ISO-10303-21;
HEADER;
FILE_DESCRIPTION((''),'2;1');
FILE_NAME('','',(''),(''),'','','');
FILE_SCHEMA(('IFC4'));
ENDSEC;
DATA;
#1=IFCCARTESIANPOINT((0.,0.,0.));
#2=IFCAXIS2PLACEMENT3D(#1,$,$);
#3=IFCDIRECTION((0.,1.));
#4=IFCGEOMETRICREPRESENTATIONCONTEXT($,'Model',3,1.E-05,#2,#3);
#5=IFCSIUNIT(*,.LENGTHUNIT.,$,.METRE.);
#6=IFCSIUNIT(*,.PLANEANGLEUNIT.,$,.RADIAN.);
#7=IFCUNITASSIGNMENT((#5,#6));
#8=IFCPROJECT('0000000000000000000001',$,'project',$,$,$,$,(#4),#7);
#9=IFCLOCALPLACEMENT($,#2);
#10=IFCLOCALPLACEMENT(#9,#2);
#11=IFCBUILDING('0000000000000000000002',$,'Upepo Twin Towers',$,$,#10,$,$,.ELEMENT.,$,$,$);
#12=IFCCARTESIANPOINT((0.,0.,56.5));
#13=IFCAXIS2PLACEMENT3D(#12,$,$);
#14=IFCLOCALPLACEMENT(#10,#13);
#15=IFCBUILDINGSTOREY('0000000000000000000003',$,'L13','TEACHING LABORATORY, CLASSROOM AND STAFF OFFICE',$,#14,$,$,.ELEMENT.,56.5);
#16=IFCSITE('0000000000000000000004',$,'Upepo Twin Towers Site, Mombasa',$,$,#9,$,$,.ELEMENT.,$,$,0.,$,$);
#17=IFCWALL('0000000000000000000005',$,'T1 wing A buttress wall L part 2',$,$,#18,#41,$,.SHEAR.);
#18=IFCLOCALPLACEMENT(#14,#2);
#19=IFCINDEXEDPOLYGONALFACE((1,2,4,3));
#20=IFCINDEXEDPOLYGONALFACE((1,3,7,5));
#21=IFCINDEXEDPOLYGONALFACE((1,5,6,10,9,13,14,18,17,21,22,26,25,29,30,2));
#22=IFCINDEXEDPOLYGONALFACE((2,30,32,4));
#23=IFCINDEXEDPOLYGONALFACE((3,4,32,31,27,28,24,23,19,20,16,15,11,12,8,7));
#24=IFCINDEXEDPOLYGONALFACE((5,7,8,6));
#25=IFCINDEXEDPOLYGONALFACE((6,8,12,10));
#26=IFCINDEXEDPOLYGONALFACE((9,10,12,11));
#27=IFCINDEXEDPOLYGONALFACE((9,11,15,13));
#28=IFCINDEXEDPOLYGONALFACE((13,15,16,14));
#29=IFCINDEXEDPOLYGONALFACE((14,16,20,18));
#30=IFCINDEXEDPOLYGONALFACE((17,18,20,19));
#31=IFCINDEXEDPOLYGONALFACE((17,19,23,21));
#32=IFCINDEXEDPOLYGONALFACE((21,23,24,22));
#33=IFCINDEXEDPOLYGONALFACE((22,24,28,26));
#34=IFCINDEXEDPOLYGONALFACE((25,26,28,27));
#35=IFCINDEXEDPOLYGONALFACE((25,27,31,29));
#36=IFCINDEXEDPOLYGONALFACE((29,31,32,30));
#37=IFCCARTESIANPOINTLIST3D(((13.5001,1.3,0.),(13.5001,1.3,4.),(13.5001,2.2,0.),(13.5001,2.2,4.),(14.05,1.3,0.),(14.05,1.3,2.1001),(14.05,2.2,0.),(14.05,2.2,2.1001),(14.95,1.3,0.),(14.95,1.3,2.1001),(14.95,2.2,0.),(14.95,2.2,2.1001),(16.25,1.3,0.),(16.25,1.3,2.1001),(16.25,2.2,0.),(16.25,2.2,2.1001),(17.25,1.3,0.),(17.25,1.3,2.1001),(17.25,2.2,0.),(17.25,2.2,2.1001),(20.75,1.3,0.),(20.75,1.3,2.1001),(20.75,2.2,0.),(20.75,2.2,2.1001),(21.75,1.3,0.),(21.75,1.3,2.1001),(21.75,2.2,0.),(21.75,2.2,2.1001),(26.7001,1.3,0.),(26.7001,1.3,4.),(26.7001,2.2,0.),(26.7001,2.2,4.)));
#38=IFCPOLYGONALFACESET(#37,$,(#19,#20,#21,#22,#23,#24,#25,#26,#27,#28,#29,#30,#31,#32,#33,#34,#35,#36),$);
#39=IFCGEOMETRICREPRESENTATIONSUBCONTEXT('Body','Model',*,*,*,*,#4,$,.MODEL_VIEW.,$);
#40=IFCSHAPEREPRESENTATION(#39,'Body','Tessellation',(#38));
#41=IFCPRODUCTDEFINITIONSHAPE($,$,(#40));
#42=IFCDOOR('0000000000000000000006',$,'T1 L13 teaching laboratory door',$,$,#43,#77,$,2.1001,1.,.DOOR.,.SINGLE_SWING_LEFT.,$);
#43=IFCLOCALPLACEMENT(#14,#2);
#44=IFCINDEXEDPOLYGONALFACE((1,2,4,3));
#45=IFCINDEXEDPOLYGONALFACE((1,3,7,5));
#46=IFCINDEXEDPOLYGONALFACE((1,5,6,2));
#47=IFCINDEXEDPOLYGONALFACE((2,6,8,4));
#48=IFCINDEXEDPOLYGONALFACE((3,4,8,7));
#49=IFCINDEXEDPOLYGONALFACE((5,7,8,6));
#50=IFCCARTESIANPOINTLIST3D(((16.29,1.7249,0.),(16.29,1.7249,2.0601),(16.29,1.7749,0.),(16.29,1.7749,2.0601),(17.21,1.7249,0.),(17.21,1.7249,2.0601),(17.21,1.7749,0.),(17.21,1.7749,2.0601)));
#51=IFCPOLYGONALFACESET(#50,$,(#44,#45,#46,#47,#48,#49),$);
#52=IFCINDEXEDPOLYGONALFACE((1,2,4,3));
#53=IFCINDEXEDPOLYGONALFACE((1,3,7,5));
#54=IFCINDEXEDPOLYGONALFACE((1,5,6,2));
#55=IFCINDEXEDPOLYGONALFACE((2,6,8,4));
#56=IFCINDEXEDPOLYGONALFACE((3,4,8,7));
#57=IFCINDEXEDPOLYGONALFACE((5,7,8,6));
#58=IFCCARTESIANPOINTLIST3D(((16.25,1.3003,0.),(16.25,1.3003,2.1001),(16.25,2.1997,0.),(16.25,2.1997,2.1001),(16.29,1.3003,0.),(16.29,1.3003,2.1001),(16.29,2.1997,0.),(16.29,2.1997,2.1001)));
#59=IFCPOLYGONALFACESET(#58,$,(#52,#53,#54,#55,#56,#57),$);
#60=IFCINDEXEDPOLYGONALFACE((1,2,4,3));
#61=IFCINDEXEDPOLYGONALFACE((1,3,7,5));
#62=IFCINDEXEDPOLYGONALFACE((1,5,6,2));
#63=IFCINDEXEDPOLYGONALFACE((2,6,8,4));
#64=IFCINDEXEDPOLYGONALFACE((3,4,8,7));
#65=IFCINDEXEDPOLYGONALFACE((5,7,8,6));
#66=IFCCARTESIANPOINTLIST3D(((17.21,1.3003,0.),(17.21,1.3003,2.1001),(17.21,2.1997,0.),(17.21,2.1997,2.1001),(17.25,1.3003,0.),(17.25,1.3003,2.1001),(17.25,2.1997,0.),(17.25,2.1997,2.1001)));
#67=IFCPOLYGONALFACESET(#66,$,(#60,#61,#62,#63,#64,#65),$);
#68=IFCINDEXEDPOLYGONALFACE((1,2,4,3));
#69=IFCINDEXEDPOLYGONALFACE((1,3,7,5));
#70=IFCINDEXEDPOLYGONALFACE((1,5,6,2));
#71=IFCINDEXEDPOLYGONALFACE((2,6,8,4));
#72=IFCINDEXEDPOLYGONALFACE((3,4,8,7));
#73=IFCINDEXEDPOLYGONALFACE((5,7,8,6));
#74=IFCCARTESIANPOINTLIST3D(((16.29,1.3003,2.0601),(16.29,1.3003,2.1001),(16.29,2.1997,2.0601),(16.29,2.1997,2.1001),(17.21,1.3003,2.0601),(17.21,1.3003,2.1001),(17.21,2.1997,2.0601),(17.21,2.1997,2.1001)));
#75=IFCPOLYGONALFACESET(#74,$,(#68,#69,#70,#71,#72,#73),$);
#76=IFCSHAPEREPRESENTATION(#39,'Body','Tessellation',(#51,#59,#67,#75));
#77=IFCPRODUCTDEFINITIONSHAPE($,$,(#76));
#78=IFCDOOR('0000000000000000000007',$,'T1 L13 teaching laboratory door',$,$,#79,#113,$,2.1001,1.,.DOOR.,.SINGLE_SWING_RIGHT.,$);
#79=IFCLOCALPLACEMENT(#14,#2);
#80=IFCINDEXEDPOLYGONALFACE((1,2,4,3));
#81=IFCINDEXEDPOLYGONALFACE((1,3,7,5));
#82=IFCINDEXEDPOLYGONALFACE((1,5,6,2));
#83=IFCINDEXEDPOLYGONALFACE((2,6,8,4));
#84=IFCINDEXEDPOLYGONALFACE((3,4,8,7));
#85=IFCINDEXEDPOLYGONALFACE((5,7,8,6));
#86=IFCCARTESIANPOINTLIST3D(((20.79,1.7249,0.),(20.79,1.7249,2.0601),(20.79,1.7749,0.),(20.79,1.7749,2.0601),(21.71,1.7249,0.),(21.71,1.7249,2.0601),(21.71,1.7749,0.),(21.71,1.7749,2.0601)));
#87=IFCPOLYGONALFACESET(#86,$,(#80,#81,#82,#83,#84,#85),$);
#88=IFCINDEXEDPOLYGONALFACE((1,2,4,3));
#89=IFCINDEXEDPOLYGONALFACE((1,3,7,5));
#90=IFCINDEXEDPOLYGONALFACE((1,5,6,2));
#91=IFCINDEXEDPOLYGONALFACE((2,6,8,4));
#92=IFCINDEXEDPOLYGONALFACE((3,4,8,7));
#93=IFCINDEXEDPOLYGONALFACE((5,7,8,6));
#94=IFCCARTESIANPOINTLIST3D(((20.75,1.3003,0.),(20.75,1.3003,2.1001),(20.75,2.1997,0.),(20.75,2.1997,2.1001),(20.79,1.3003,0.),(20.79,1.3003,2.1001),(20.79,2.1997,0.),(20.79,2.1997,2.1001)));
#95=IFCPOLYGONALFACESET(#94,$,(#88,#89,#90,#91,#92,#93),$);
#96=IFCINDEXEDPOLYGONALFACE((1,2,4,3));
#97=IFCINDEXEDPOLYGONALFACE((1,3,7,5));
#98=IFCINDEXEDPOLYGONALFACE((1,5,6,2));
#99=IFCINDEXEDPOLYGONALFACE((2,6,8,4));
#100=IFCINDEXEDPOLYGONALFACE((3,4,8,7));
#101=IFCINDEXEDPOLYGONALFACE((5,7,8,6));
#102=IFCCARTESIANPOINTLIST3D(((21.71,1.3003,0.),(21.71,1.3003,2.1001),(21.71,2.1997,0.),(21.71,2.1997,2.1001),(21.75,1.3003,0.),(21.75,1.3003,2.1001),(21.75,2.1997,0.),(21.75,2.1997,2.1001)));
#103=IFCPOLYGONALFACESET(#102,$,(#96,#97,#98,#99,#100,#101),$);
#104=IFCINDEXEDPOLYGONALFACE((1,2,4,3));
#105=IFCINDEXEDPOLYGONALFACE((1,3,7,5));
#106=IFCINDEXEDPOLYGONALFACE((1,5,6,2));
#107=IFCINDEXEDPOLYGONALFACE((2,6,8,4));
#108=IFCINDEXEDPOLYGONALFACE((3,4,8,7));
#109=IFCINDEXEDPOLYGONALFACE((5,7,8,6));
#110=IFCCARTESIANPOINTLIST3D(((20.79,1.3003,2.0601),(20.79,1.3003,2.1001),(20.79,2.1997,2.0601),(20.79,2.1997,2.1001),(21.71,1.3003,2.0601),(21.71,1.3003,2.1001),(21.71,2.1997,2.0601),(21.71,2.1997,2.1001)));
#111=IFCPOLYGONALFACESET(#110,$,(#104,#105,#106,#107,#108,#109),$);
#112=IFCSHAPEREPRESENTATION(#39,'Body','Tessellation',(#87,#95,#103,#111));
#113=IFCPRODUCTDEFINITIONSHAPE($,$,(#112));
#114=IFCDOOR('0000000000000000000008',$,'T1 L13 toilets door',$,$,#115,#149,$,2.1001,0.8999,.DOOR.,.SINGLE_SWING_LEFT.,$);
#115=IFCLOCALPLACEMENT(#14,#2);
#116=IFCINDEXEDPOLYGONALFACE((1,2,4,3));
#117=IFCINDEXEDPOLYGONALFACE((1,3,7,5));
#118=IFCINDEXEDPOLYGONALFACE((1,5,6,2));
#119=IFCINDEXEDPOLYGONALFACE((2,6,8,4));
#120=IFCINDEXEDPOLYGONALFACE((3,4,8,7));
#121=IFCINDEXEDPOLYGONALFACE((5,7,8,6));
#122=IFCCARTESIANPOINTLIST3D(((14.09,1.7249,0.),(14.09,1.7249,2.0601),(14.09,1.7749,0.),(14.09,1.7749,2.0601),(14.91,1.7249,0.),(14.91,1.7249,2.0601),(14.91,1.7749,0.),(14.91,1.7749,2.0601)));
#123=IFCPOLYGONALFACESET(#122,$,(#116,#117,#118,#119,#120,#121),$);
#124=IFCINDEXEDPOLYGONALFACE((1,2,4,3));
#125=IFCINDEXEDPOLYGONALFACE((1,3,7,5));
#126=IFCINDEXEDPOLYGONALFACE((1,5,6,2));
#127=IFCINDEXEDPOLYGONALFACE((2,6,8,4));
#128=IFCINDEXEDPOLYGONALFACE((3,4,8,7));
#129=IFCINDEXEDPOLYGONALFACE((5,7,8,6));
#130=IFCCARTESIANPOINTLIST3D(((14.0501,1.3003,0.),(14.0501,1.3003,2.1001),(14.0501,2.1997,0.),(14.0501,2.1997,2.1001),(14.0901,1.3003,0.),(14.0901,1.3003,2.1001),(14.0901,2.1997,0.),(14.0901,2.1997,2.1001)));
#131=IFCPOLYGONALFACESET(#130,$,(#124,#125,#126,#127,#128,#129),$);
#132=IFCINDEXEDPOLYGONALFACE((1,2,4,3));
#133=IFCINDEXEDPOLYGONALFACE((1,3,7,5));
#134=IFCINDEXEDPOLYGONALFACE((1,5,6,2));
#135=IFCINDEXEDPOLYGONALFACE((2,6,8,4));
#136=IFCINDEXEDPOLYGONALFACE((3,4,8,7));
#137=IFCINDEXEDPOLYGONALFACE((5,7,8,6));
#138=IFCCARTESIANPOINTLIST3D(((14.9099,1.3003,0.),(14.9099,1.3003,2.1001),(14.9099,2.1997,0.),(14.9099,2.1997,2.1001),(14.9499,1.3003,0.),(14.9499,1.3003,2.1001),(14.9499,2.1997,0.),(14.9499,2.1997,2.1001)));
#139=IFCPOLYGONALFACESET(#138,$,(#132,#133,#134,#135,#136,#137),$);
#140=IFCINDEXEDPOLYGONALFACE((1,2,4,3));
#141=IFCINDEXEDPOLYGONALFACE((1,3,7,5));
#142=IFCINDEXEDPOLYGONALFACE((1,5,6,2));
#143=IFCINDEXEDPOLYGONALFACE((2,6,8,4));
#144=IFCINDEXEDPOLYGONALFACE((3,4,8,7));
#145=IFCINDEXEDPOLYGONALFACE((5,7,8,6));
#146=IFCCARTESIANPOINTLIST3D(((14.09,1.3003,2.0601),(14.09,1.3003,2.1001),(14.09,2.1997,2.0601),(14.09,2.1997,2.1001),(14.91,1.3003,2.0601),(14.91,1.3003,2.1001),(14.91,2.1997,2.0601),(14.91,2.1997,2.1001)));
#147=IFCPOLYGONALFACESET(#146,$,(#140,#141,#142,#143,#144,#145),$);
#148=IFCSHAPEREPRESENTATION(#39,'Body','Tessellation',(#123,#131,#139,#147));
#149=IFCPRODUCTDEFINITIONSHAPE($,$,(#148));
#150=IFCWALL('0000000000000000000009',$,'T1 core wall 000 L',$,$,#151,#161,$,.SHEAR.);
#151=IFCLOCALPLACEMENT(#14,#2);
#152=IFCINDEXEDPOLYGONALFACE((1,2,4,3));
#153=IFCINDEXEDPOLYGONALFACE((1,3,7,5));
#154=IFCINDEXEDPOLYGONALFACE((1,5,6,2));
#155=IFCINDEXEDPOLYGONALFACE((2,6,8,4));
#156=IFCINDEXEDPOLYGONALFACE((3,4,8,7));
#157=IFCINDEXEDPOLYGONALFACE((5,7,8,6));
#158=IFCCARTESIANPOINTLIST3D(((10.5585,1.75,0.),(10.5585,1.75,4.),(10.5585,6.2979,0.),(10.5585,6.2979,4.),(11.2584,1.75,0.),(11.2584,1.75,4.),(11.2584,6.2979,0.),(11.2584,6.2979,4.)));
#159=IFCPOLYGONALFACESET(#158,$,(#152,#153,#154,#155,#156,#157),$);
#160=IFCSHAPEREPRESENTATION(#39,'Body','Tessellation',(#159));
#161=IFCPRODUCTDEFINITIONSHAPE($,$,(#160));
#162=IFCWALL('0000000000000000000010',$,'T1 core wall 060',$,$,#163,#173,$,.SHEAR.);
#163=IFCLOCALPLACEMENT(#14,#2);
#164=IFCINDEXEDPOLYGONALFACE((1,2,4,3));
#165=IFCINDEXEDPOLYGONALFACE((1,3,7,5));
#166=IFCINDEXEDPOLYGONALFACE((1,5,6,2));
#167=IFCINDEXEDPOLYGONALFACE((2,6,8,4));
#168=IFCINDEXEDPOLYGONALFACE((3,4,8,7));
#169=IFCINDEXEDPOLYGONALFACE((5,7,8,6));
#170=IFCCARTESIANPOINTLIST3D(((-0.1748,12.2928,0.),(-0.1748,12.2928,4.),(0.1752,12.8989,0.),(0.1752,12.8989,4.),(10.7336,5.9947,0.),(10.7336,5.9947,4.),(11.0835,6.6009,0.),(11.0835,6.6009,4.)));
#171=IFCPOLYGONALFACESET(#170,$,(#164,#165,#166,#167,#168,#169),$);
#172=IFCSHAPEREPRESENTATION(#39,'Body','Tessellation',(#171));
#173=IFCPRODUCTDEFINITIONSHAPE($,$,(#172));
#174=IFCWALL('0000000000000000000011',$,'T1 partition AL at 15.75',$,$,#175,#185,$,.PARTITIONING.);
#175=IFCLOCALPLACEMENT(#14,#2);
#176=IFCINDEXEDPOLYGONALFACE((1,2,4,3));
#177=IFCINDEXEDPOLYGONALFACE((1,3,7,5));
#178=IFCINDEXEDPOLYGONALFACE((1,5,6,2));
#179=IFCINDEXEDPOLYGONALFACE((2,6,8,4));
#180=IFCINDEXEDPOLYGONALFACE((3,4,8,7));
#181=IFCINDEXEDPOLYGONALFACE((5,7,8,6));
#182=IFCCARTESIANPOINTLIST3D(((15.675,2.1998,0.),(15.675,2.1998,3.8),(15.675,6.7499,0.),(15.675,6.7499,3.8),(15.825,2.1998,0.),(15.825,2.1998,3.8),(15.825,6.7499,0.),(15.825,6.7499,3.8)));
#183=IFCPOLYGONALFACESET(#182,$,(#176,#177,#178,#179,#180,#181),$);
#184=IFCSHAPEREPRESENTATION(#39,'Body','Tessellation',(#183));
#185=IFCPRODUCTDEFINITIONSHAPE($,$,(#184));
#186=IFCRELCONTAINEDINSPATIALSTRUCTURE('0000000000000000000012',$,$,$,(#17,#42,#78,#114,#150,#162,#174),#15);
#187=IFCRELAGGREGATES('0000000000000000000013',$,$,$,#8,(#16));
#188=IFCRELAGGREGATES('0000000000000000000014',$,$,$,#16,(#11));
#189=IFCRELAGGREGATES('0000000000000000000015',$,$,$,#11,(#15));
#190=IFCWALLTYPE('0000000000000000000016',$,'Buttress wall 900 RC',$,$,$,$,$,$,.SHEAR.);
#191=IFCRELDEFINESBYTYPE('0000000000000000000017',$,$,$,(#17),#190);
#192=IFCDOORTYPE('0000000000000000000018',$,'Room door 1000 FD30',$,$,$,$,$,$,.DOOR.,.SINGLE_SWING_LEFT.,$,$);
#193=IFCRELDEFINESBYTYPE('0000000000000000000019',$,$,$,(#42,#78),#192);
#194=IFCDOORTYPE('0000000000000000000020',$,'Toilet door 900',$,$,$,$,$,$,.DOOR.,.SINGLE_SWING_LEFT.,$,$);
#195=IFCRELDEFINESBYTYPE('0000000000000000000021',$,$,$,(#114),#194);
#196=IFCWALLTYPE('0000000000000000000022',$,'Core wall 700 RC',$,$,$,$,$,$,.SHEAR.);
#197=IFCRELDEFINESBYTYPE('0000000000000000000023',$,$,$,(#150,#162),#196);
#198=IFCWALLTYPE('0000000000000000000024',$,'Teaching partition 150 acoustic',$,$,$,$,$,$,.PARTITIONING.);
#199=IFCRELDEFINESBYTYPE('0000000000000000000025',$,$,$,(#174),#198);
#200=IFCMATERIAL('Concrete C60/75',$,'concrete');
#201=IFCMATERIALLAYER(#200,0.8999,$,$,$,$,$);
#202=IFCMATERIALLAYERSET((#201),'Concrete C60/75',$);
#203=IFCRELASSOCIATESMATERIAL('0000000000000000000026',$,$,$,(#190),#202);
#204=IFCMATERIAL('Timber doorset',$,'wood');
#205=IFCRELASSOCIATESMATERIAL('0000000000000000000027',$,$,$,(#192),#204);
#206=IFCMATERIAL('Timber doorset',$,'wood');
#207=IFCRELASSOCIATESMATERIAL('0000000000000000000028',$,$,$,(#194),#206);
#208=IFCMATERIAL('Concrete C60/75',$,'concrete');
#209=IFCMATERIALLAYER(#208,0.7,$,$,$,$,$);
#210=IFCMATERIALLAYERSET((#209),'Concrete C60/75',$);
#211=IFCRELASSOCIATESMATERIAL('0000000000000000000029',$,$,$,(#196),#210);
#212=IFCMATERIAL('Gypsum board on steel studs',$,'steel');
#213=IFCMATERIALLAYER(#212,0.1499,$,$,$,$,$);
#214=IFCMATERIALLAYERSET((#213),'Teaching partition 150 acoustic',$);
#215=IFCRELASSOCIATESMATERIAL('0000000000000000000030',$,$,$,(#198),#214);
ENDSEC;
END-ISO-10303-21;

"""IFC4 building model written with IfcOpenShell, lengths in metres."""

from ifc_helpers import new_model, si_unit, direction, frame, frame_2d, origin, place, context, subcontext, project, spatial, rectangle, extrude, material, layer, layer_set, type_object, element, fill, save


model = new_model("IFC4")

# Units and contexts
model_context = context("Model", 3, precision=1e-05, world=origin(), true_north=direction((0.0, 1.0)))
body_context = subcontext(model_context, "Body", "Model", "MODEL_VIEW")
ifc_project = project(units=[si_unit("LENGTHUNIT", "METRE"), si_unit("PLANEANGLEUNIT", "RADIAN")], contexts=[model_context])

# Site, building, storey
site_placement = place(None, origin())
site = spatial("IfcSite", under=ifc_project, at=site_placement, Name="Upepo Twin Towers Site, Mombasa", CompositionType="ELEMENT", RefElevation=0.0)
building_placement = place(site_placement, origin())
building = spatial("IfcBuilding", under=site, at=building_placement, Name="Upepo Twin Towers", CompositionType="ELEMENT")
storey_placement = place(building_placement, frame((0.0, 0.0, 56.5)))
storey = spatial("IfcBuildingStorey", under=building, at=storey_placement, Name="L13", Description="TEACHING LABORATORY, CLASSROOM AND STAFF OFFICE", CompositionType="ELEMENT", Elevation=56.5)

# Wall, openings, doors
ifc_material_1 = material(Name="Concrete C60/75", Category="concrete")
ifc_layer_1 = layer(ifc_material_1, 0.8999)
ifc_layer_set_1 = layer_set([ifc_layer_1], Name="Concrete C60/75")
wall_type_1 = type_object("IfcWallType", Name="Buttress wall 900 RC", PredefinedType="SHEAR", material=ifc_layer_set_1)
wall_1_placement = place(storey_placement, frame((13.5, 1.75, 0.0), z_axis=(0.0, 0.0, 1.0), x_axis=(1.0, 0.0, 0.0)))
wall_1 = element("IfcWall", 1, at=wall_1_placement, inside=storey, type_object=wall_type_1, Name="T1 wing A buttress wall L part 2", PredefinedType="SHEAR", context=body_context, shape_type="SweptSolid", body=[
    extrude(rectangle(XDim=13.2, YDim=0.8999, at=frame_2d((6.6001, 0.0))), origin(), (0.0, 0.0, 1.0), 4.0),
])
opening_1_placement = place(wall_1_placement, frame((0.55, 0.0, 0.0)))
opening_1 = element("IfcOpeningElement", 2, at=opening_1_placement, cuts=wall_1, PredefinedType="OPENING", context=body_context, shape_type="SweptSolid", body=[
    extrude(rectangle(XDim=0.8999, YDim=2.1001, at=frame_2d((0.45, 1.05))), frame((0.0, 0.46, 0.0), z_axis=(0.0, -1.0, 0.0), x_axis=(1.0, 0.0, 0.0)), (0.0, 0.0, 1.0), 0.9199),
])
opening_2_placement = place(wall_1_placement, frame((2.75, 0.0, 0.0)))
opening_2 = element("IfcOpeningElement", 3, at=opening_2_placement, cuts=wall_1, PredefinedType="OPENING", context=body_context, shape_type="SweptSolid", body=[
    extrude(rectangle(XDim=1.0, YDim=2.1001, at=frame_2d((0.5, 1.05))), frame((0.0, 0.46, 0.0), z_axis=(0.0, -1.0, 0.0), x_axis=(1.0, 0.0, 0.0)), (0.0, 0.0, 1.0), 0.9199),
])
opening_3_placement = place(wall_1_placement, frame((7.25, 0.0, 0.0)))
opening_3 = element("IfcOpeningElement", 4, at=opening_3_placement, cuts=wall_1, PredefinedType="OPENING", context=body_context, shape_type="SweptSolid", body=[
    extrude(rectangle(XDim=1.0, YDim=2.1001, at=frame_2d((0.5, 1.05))), frame((0.0, 0.46, 0.0), z_axis=(0.0, -1.0, 0.0), x_axis=(1.0, 0.0, 0.0)), (0.0, 0.0, 1.0), 0.9199),
])
ifc_material_2 = material(Name="Timber doorset", Category="wood")
door_type_1 = type_object("IfcDoorType", Name="Room door 1000 FD30", OperationType="SINGLE_SWING_LEFT", PredefinedType="DOOR", material=ifc_material_2)
door_1_placement = place(opening_2_placement, origin())
door_1 = element("IfcDoor", 5, at=door_1_placement, inside=storey, type_object=door_type_1, Name="T1 L13 teaching laboratory door", OperationType="SINGLE_SWING_LEFT", OverallHeight=2.1001, OverallWidth=1.0, PredefinedType="DOOR", context=body_context, shape_type="SweptSolid", body=[
    extrude(rectangle(XDim=0.92, YDim=2.0601, at=frame_2d((0.5, 1.03))), frame((0.0, 0.0249, 0.0), z_axis=(0.0, -1.0, 0.0), x_axis=(1.0, 0.0, 0.0)), (0.0, 0.0, 1.0), 0.05),
    extrude(rectangle(XDim=0.04, YDim=2.1001, at=frame_2d((0.02, 1.05))), frame((0.0, 0.4497, 0.0), z_axis=(0.0, -1.0, 0.0), x_axis=(1.0, 0.0, 0.0)), (0.0, 0.0, 1.0), 0.8994),
    extrude(rectangle(XDim=0.04, YDim=2.1001, at=frame_2d((0.98, 1.05))), frame((0.0, 0.4497, 0.0), z_axis=(0.0, -1.0, 0.0), x_axis=(1.0, 0.0, 0.0)), (0.0, 0.0, 1.0), 0.8994),
    extrude(rectangle(XDim=0.92, YDim=0.04, at=frame_2d((0.5, 2.0801))), frame((0.0, 0.4497, 0.0), z_axis=(0.0, -1.0, 0.0), x_axis=(1.0, 0.0, 0.0)), (0.0, 0.0, 1.0), 0.8994),
])
fill(opening_2, door_1)
door_2_placement = place(opening_3_placement, origin())
door_2 = element("IfcDoor", 6, at=door_2_placement, inside=storey, type_object=door_type_1, Name="T1 L13 teaching laboratory door", OperationType="SINGLE_SWING_RIGHT", OverallHeight=2.1001, OverallWidth=1.0, PredefinedType="DOOR", context=body_context, shape_type="SweptSolid", body=[
    extrude(rectangle(XDim=0.92, YDim=2.0601, at=frame_2d((0.5, 1.03))), frame((0.0, 0.0249, 0.0), z_axis=(0.0, -1.0, 0.0), x_axis=(1.0, 0.0, 0.0)), (0.0, 0.0, 1.0), 0.05),
    extrude(rectangle(XDim=0.04, YDim=2.1001, at=frame_2d((0.02, 1.05))), frame((0.0, 0.4497, 0.0), z_axis=(0.0, -1.0, 0.0), x_axis=(1.0, 0.0, 0.0)), (0.0, 0.0, 1.0), 0.8994),
    extrude(rectangle(XDim=0.04, YDim=2.1001, at=frame_2d((0.98, 1.05))), frame((0.0, 0.4497, 0.0), z_axis=(0.0, -1.0, 0.0), x_axis=(1.0, 0.0, 0.0)), (0.0, 0.0, 1.0), 0.8994),
    extrude(rectangle(XDim=0.92, YDim=0.04, at=frame_2d((0.5, 2.0801))), frame((0.0, 0.4497, 0.0), z_axis=(0.0, -1.0, 0.0), x_axis=(1.0, 0.0, 0.0)), (0.0, 0.0, 1.0), 0.8994),
])
fill(opening_3, door_2)
ifc_material_3 = material(Name="Timber doorset", Category="wood")
door_type_2 = type_object("IfcDoorType", Name="Toilet door 900", OperationType="SINGLE_SWING_LEFT", PredefinedType="DOOR", material=ifc_material_3)
door_3_placement = place(opening_1_placement, origin())
door_3 = element("IfcDoor", 7, at=door_3_placement, inside=storey, type_object=door_type_2, Name="T1 L13 toilets door", OperationType="SINGLE_SWING_LEFT", OverallHeight=2.1001, OverallWidth=0.8999, PredefinedType="DOOR", context=body_context, shape_type="SweptSolid", body=[
    extrude(rectangle(XDim=0.8199, YDim=2.0601, at=frame_2d((0.45, 1.03))), frame((0.0, 0.0249, 0.0), z_axis=(0.0, -1.0, 0.0), x_axis=(1.0, 0.0, 0.0)), (0.0, 0.0, 1.0), 0.05),
    extrude(rectangle(XDim=0.04, YDim=2.1001, at=frame_2d((0.02, 1.05))), frame((0.0, 0.4497, 0.0), z_axis=(0.0, -1.0, 0.0), x_axis=(1.0, 0.0, 0.0)), (0.0, 0.0, 1.0), 0.8994),
    extrude(rectangle(XDim=0.04, YDim=2.1001, at=frame_2d((0.8799, 1.05))), frame((0.0, 0.4497, 0.0), z_axis=(0.0, -1.0, 0.0), x_axis=(1.0, 0.0, 0.0)), (0.0, 0.0, 1.0), 0.8994),
    extrude(rectangle(XDim=0.8199, YDim=0.04, at=frame_2d((0.45, 2.0801))), frame((0.0, 0.4497, 0.0), z_axis=(0.0, -1.0, 0.0), x_axis=(1.0, 0.0, 0.0)), (0.0, 0.0, 1.0), 0.8994),
])
fill(opening_1, door_3)

# Walls
ifc_material_4 = material(Name="Concrete C60/75", Category="concrete")
ifc_layer_2 = layer(ifc_material_4, 0.7)
ifc_layer_set_2 = layer_set([ifc_layer_2], Name="Concrete C60/75")
wall_type_2 = type_object("IfcWallType", Name="Core wall 700 RC", PredefinedType="SHEAR", material=ifc_layer_set_2)
wall_2_placement = place(storey_placement, frame((10.9084, 1.75, 0.0), z_axis=(0.0, 0.0, 1.0), x_axis=(0.0, 1.0, 0.0)))
element("IfcWall", 8, at=wall_2_placement, inside=storey, type_object=wall_type_2, Name="T1 core wall 000 L", PredefinedType="SHEAR", context=body_context, shape_type="SweptSolid", body=[
    extrude(rectangle(XDim=4.5479, YDim=0.7, at=frame_2d((2.2739, 0.0))), origin(), (0.0, 0.0, 1.0), 4.0),
])
wall_3_placement = place(storey_placement, frame((10.9084, 6.2979, 0.0), z_axis=(0.0, 0.0, 1.0), x_axis=(-0.866022, 0.500006, 0.0)))
element("IfcWall", 9, at=wall_3_placement, inside=storey, type_object=wall_type_2, Name="T1 core wall 060", PredefinedType="SHEAR", context=body_context, shape_type="SweptSolid", body=[
    extrude(rectangle(XDim=12.5959, YDim=0.7, at=frame_2d((6.2979, 0.0))), origin(), (0.0, 0.0, 1.0), 4.0),
])
ifc_material_5 = material(Name="Gypsum board on steel studs", Category="steel")
ifc_layer_3 = layer(ifc_material_5, 0.1499)
ifc_layer_set_3 = layer_set([ifc_layer_3], Name="Teaching partition 150 acoustic")
wall_type_3 = type_object("IfcWallType", Name="Teaching partition 150 acoustic", PredefinedType="PARTITIONING", material=ifc_layer_set_3)
wall_4_placement = place(storey_placement, frame((15.75, 2.2, 0.0), z_axis=(0.0, 0.0, 1.0), x_axis=(0.0, 1.0, 0.0)))
element("IfcWall", 10, at=wall_4_placement, inside=storey, type_object=wall_type_3, Name="T1 partition AL at 15.75", PredefinedType="PARTITIONING", context=body_context, shape_type="SweptSolid", body=[
    extrude(rectangle(XDim=4.55, YDim=0.1499, at=frame_2d((2.2749, 0.0))), origin(), (0.0, 0.0, 1.0), 3.8),
])

save(model, "model.ifc")
